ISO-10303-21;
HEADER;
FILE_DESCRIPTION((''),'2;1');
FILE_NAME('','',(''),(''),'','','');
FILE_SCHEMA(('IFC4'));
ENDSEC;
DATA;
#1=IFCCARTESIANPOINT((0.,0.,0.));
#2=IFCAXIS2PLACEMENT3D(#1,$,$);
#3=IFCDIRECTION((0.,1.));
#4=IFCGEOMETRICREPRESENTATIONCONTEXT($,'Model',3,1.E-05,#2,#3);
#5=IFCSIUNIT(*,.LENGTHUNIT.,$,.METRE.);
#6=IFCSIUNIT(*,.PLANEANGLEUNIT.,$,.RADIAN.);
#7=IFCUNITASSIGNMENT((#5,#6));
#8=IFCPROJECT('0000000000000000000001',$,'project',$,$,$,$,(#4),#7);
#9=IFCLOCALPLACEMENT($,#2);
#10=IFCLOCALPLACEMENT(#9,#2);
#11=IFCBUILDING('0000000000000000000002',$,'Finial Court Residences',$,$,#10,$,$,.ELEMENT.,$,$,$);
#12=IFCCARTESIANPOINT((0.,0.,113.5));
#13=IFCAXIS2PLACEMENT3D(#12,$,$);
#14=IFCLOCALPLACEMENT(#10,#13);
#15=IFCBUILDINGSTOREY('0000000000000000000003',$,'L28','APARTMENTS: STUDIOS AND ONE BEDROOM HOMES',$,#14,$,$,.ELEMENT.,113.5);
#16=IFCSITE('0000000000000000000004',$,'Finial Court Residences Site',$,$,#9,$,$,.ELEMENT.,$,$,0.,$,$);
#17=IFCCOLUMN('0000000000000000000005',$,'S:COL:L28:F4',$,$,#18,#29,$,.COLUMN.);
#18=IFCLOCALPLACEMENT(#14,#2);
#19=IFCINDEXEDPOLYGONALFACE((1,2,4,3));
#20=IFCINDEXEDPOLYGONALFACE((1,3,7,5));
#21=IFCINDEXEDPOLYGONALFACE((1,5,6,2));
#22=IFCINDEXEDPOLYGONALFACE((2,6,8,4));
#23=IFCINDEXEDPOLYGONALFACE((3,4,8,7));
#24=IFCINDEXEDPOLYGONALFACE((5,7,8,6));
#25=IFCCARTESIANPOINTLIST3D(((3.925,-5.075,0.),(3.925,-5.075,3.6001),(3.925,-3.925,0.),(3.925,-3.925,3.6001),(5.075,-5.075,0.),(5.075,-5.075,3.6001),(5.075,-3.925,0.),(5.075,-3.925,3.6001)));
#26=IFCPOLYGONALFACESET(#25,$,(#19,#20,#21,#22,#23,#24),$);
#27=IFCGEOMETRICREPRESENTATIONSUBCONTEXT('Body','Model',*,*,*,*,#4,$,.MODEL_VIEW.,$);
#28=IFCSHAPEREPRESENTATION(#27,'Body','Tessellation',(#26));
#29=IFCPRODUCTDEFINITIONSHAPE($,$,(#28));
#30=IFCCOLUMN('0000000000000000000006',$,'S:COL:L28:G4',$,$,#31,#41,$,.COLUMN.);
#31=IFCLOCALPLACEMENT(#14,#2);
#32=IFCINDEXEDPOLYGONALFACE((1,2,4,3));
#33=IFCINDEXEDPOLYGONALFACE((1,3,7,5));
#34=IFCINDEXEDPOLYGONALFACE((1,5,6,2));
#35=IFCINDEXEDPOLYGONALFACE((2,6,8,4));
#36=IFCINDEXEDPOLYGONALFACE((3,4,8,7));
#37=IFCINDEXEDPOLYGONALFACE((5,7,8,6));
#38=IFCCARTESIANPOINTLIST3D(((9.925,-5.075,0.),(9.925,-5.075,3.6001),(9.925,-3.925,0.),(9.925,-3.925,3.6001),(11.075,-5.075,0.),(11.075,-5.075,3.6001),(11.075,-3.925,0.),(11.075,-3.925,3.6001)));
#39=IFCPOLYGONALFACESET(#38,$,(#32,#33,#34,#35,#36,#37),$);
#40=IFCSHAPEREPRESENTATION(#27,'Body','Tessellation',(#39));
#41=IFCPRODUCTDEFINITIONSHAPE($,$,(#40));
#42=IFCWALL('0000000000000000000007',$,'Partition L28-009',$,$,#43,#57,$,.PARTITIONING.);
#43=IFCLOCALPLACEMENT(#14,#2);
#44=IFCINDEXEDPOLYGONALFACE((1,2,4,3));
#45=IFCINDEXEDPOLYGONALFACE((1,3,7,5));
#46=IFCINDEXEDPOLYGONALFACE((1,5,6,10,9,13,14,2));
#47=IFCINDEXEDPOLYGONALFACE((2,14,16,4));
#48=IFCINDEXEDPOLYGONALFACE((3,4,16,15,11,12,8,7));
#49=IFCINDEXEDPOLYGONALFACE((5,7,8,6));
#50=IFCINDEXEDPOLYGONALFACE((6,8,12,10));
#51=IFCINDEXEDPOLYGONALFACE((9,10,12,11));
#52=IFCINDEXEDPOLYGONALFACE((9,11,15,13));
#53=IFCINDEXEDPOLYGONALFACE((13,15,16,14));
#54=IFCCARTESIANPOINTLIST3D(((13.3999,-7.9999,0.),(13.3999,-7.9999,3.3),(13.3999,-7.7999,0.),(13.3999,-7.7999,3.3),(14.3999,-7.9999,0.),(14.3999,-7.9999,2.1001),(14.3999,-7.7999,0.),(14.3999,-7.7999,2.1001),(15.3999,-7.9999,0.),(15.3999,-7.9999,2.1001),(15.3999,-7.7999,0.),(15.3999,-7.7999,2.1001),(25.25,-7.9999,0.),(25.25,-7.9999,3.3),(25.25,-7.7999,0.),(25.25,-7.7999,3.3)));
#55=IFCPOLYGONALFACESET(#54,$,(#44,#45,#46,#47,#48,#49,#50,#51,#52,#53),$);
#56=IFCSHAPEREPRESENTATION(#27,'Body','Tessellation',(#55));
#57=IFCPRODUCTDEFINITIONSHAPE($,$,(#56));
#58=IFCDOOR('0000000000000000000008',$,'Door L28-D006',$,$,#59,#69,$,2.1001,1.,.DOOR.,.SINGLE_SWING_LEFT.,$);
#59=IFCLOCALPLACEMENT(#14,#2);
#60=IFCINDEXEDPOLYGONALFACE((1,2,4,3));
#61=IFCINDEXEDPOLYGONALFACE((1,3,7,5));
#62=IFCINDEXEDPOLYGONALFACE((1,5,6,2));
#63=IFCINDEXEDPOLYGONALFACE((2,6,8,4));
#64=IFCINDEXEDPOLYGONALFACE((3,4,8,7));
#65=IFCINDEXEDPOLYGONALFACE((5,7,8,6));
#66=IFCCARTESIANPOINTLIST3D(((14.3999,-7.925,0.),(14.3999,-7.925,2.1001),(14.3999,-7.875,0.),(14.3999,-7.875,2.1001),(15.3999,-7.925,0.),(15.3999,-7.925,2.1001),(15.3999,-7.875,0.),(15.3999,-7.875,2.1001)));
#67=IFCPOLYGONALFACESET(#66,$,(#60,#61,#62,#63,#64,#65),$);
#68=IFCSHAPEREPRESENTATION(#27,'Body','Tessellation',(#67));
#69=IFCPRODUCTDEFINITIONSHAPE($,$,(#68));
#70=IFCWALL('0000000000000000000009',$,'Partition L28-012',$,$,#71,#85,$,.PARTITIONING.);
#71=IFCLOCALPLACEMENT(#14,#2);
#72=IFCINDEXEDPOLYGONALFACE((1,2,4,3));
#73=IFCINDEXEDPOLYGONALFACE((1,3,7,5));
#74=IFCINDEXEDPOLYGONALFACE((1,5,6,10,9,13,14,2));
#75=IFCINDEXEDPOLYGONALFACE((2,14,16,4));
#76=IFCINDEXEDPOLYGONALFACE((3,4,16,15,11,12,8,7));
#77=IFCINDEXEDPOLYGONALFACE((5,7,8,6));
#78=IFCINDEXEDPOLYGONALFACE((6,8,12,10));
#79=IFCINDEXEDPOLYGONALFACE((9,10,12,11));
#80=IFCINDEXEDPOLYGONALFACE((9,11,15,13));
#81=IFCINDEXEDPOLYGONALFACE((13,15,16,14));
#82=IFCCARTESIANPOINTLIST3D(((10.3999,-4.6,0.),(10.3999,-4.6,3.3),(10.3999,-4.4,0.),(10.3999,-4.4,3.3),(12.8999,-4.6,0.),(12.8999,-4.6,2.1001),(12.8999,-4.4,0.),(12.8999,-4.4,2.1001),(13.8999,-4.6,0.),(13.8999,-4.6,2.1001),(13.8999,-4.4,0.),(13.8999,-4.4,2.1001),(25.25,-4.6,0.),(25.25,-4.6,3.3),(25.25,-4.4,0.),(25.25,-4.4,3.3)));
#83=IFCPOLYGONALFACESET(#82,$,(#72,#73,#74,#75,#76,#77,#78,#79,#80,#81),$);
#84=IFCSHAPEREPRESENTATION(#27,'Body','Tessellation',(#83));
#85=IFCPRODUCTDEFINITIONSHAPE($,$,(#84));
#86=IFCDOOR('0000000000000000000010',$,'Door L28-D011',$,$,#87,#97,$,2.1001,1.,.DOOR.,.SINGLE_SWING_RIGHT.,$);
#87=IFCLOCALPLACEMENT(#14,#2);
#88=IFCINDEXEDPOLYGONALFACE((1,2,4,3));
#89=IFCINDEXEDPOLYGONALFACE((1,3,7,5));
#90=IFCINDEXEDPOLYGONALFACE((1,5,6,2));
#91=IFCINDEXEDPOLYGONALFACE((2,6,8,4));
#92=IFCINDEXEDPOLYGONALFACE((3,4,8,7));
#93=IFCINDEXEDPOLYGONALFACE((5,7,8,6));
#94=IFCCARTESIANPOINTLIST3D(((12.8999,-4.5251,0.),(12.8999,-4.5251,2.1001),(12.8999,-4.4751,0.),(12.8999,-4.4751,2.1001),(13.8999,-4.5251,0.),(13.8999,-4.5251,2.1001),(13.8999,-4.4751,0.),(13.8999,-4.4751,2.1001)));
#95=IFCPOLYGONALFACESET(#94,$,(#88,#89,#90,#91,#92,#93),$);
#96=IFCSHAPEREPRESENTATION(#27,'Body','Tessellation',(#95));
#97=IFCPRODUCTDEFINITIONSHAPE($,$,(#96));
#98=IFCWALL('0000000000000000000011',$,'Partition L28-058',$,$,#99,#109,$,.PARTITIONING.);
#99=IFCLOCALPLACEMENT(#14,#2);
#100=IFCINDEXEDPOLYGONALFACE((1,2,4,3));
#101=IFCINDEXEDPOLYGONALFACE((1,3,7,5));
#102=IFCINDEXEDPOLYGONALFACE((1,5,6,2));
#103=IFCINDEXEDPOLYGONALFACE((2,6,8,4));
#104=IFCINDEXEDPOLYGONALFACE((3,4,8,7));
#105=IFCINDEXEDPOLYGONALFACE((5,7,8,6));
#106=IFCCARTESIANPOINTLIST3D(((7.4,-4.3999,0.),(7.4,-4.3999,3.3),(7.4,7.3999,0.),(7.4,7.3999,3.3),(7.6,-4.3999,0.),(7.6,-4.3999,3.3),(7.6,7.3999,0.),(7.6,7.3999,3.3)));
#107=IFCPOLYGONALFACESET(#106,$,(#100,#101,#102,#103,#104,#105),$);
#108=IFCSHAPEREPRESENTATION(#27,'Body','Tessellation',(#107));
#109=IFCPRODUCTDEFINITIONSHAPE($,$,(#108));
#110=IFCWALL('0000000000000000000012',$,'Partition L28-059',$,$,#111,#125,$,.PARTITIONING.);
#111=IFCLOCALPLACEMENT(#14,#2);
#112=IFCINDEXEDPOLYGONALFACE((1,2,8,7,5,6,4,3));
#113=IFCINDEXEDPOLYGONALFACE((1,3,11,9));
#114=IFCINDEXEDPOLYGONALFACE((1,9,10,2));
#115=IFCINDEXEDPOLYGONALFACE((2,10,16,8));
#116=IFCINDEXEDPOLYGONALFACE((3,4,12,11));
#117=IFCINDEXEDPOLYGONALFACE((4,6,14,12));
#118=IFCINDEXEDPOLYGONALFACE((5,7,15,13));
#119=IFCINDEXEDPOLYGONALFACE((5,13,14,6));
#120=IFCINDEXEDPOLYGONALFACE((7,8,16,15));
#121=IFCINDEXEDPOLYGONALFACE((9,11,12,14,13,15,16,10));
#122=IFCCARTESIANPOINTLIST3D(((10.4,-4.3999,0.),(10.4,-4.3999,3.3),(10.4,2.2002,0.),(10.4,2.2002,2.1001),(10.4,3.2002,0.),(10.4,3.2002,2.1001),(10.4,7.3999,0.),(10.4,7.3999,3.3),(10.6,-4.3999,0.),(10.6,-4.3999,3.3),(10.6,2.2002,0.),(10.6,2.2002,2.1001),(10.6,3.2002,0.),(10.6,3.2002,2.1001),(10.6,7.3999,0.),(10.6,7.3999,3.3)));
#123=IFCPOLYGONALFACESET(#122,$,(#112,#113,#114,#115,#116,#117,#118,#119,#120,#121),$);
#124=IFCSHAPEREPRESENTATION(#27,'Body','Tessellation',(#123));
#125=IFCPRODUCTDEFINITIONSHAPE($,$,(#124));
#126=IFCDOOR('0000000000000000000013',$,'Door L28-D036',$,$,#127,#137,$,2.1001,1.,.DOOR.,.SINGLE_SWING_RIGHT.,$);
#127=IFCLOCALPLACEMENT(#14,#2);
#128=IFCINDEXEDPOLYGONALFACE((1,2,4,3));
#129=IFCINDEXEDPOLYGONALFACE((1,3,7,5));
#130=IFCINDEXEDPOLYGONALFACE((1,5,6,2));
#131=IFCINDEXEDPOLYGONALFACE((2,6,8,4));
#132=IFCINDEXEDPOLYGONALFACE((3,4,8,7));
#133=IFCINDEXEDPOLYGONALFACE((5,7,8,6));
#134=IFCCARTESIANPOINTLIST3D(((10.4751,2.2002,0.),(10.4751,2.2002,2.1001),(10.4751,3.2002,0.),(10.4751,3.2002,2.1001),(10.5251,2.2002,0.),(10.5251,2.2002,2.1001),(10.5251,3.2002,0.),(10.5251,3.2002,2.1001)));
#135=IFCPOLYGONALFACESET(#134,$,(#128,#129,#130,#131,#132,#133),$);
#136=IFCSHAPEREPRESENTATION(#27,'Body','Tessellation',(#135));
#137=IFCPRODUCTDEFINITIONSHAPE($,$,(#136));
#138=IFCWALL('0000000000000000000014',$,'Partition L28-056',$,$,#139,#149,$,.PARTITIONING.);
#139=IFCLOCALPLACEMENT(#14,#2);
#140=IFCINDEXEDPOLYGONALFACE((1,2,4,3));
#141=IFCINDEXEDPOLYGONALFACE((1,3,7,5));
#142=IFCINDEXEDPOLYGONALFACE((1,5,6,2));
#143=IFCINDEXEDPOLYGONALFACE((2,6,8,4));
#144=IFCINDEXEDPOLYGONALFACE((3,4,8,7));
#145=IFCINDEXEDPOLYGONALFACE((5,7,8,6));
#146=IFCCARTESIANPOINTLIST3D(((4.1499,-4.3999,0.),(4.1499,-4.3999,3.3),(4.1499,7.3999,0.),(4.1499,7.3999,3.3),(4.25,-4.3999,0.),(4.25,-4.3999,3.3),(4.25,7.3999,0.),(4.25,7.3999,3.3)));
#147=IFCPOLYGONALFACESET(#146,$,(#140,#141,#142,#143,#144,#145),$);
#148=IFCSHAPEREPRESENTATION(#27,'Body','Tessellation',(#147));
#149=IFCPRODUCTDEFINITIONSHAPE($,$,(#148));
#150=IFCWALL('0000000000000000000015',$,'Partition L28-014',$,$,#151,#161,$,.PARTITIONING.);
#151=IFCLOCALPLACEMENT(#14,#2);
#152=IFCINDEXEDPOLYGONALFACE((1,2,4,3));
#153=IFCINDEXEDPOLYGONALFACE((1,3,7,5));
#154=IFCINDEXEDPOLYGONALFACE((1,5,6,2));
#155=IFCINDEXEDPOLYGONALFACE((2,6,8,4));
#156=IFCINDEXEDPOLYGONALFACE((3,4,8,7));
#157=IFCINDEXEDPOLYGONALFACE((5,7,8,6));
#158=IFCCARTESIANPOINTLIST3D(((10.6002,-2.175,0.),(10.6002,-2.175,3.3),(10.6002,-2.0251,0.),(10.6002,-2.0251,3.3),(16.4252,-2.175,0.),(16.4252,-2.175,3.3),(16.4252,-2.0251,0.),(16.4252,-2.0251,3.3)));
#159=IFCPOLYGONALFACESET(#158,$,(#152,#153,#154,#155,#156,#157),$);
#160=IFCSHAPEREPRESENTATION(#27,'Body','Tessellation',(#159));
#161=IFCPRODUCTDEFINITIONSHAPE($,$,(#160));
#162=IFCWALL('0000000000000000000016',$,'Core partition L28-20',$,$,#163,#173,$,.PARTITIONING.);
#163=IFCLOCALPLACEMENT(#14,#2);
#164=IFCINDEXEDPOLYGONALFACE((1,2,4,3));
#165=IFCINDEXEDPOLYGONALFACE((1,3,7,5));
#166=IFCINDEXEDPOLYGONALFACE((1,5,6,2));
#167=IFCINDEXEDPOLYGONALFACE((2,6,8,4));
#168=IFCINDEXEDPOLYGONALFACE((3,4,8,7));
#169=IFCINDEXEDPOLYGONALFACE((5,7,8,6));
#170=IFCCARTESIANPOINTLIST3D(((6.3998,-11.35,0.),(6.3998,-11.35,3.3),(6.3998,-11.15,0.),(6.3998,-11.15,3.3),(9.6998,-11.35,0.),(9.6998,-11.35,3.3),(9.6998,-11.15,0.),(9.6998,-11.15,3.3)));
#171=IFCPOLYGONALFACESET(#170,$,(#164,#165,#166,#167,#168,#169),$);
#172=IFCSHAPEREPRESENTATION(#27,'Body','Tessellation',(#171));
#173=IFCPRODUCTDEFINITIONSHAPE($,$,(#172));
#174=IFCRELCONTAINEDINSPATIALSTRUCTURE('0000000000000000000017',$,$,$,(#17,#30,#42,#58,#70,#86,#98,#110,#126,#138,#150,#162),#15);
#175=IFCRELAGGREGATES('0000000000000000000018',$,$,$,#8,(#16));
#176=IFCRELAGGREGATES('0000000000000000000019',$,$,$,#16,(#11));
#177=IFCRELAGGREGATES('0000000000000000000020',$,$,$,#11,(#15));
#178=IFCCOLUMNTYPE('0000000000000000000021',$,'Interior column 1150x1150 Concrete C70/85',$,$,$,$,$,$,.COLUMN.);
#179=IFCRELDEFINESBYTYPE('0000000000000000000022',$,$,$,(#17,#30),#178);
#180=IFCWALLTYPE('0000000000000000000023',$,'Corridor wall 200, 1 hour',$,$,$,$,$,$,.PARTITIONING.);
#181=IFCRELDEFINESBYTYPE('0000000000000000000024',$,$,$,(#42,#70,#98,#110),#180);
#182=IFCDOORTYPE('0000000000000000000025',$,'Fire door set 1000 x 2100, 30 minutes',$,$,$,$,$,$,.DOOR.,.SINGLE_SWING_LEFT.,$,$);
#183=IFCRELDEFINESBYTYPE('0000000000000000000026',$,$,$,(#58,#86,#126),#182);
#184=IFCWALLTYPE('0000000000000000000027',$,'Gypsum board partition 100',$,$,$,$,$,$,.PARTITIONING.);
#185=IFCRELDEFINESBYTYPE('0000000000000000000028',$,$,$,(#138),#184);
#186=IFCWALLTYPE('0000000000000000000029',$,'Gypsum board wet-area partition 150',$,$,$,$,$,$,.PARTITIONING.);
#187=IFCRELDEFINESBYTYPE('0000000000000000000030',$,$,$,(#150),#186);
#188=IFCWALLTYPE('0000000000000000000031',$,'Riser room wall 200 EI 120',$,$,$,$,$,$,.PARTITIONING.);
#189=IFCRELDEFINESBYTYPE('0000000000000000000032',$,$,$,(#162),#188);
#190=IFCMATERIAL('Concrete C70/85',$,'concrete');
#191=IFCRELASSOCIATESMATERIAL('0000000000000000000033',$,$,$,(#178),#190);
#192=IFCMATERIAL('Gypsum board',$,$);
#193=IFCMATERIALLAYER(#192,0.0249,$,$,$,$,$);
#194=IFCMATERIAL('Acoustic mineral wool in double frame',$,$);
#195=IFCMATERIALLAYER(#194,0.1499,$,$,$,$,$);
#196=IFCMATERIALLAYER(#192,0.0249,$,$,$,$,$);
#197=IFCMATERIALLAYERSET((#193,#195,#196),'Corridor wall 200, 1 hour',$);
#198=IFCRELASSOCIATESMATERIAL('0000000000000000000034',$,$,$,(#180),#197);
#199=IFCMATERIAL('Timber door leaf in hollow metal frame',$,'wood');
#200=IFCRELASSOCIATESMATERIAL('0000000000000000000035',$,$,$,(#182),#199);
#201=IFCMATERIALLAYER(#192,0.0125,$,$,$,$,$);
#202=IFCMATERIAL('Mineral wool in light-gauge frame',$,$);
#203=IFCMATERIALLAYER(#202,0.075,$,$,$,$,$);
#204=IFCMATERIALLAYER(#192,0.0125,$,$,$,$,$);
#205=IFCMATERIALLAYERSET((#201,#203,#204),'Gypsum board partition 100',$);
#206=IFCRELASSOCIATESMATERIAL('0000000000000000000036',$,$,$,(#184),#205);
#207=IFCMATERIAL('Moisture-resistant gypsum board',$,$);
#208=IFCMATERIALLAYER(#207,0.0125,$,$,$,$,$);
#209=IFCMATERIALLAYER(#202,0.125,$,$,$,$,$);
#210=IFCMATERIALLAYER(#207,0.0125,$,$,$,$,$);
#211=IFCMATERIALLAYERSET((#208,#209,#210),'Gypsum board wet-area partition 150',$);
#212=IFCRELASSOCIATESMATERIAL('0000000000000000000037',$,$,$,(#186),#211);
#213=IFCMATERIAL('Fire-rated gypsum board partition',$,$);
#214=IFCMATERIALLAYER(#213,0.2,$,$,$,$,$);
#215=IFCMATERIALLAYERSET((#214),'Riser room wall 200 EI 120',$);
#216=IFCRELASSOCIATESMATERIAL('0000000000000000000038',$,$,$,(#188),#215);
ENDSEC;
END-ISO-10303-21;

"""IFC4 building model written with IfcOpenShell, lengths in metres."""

from ifc_helpers import new_model, si_unit, direction, frame, frame_2d, origin, origin_2d, place, context, subcontext, project, spatial, rectangle, extrude, material, layer, layer_set, material_profile, profile_set, type_object, element, fill, save


model = new_model("IFC4")

# Units and contexts
model_context = context("Model", 3, precision=1e-05, world=origin(), true_north=direction((0.0, 1.0)))
body_context = subcontext(model_context, "Body", "Model", "MODEL_VIEW")
ifc_project = project(units=[si_unit("LENGTHUNIT", "METRE"), si_unit("PLANEANGLEUNIT", "RADIAN")], contexts=[model_context])

# Site, building, storey
site_placement = place(None, origin())
site = spatial("IfcSite", under=ifc_project, at=site_placement, Name="Finial Court Residences Site", CompositionType="ELEMENT", RefElevation=0.0)
building_placement = place(site_placement, origin())
building = spatial("IfcBuilding", under=site, at=building_placement, Name="Finial Court Residences", CompositionType="ELEMENT")
storey_placement = place(building_placement, frame((0.0, 0.0, 113.5)))
storey = spatial("IfcBuildingStorey", under=building, at=storey_placement, Name="L28", Description="APARTMENTS: STUDIOS AND ONE BEDROOM HOMES", CompositionType="ELEMENT", Elevation=113.5)

# Columns
ifc_material_1 = material(Name="Concrete C70/85", Category="concrete")
ifc_material_profile = material_profile(ifc_material_1, rectangle(XDim=1.1499, YDim=1.1499, at=origin_2d()), Name="1150x1150")
ifc_profile_set = profile_set([ifc_material_profile], Name="Concrete C70/85")
column_type = type_object("IfcColumnType", Name="Interior column 1150x1150 Concrete C70/85", PredefinedType="COLUMN", material=ifc_profile_set)
for number, where, z_axis, x_axis, name in (
    (1, (4.5, -4.5, 0.0), (0.0, 0.0, 1.0), (1.0, 0.0, 0.0), "S:COL:L28:F4"),
    (2, (10.5, -4.5, 0.0), (0.0, 0.0, 1.0), (1.0, 0.0, 0.0), "S:COL:L28:G4"),
):
    element("IfcColumn", number, at=place(storey_placement, frame(where, z_axis=z_axis, x_axis=x_axis)), inside=storey, type_object=column_type, Name=name, PredefinedType="COLUMN", context=body_context, shape_type="SweptSolid", body=[
        extrude(rectangle(XDim=1.1499, YDim=1.1499, at=origin_2d()), origin(), (0.0, 0.0, 1.0), 3.6001),
    ])

# Walls, openings, doors
ifc_material_2 = material(Name="Gypsum board")
ifc_layer_1 = layer(ifc_material_2, 0.0249)
ifc_material_3 = material(Name="Acoustic mineral wool in double frame")
ifc_layer_2 = layer(ifc_material_3, 0.1499)
ifc_layer_3 = layer(ifc_material_2, 0.0249)
ifc_layer_set_1 = layer_set([ifc_layer_1, ifc_layer_2, ifc_layer_3], Name="Corridor wall 200, 1 hour")
wall_type_1 = type_object("IfcWallType", Name="Corridor wall 200, 1 hour", PredefinedType="PARTITIONING", material=ifc_layer_set_1)
wall_1_placement = place(storey_placement, frame((13.3999, -7.8999, 0.0), z_axis=(0.0, 0.0, 1.0), x_axis=(1.0, 0.0, 0.0)))
wall_1 = element("IfcWall", 3, at=wall_1_placement, inside=storey, type_object=wall_type_1, Name="Partition L28-009", PredefinedType="PARTITIONING", context=body_context, shape_type="SweptSolid", body=[
    extrude(rectangle(XDim=11.8501, YDim=0.2, at=frame_2d((5.925, 0.0))), origin(), (0.0, 0.0, 1.0), 3.3),
])
opening_1_placement = place(wall_1_placement, frame((1.0, 0.0, 0.0)))
opening_1 = element("IfcOpeningElement", 4, at=opening_1_placement, cuts=wall_1, PredefinedType="OPENING", context=body_context, shape_type="SweptSolid", body=[
    extrude(rectangle(XDim=1.0, YDim=2.1001, at=frame_2d((0.5, 1.05))), frame((0.0, 0.1099, 0.0), z_axis=(0.0, -1.0, 0.0), x_axis=(1.0, 0.0, 0.0)), (0.0, 0.0, 1.0), 0.22),
])
ifc_material_4 = material(Name="Timber door leaf in hollow metal frame", Category="wood")
door_type_1 = type_object("IfcDoorType", Name="Fire door set 1000 x 2100, 30 minutes", OperationType="SINGLE_SWING_LEFT", PredefinedType="DOOR", material=ifc_material_4)
door_1_placement = place(opening_1_placement, origin())
door_1 = element("IfcDoor", 5, at=door_1_placement, inside=storey, type_object=door_type_1, Name="Door L28-D006", OperationType="SINGLE_SWING_LEFT", OverallHeight=2.1001, OverallWidth=1.0, PredefinedType="DOOR", context=body_context, shape_type="SweptSolid", body=[
    extrude(rectangle(XDim=1.0, YDim=2.1001, at=frame_2d((0.5, 1.05))), frame((0.0, 0.0249, 0.0), z_axis=(0.0, -1.0, 0.0), x_axis=(1.0, 0.0, 0.0)), (0.0, 0.0, 1.0), 0.05),
])
fill(opening_1, door_1)
wall_2_placement = place(storey_placement, frame((10.3999, -4.5, 0.0), z_axis=(0.0, 0.0, 1.0), x_axis=(1.0, 0.0, 0.0)))
wall_2 = element("IfcWall", 6, at=wall_2_placement, inside=storey, type_object=wall_type_1, Name="Partition L28-012", PredefinedType="PARTITIONING", context=body_context, shape_type="SweptSolid", body=[
    extrude(rectangle(XDim=14.8501, YDim=0.2, at=frame_2d((7.425, 0.0))), origin(), (0.0, 0.0, 1.0), 3.3),
])
opening_2_placement = place(wall_2_placement, frame((2.5, 0.0, 0.0)))
opening_2 = element("IfcOpeningElement", 7, at=opening_2_placement, cuts=wall_2, PredefinedType="OPENING", context=body_context, shape_type="SweptSolid", body=[
    extrude(rectangle(XDim=1.0, YDim=2.1001, at=frame_2d((0.5, 1.05))), frame((0.0, 0.1099, 0.0), z_axis=(0.0, -1.0, 0.0), x_axis=(1.0, 0.0, 0.0)), (0.0, 0.0, 1.0), 0.22),
])
door_2_placement = place(opening_2_placement, origin())
door_2 = element("IfcDoor", 8, at=door_2_placement, inside=storey, type_object=door_type_1, Name="Door L28-D011", OperationType="SINGLE_SWING_RIGHT", OverallHeight=2.1001, OverallWidth=1.0, PredefinedType="DOOR", context=body_context, shape_type="SweptSolid", body=[
    extrude(rectangle(XDim=1.0, YDim=2.1001, at=frame_2d((0.5, 1.05))), frame((0.0, 0.0249, 0.0), z_axis=(0.0, -1.0, 0.0), x_axis=(1.0, 0.0, 0.0)), (0.0, 0.0, 1.0), 0.05),
])
fill(opening_2, door_2)

# Wall
wall_3_placement = place(storey_placement, frame((7.5, -4.3999, 0.0), z_axis=(0.0, 0.0, 1.0), x_axis=(0.0, 1.0, 0.0)))
element("IfcWall", 9, at=wall_3_placement, inside=storey, type_object=wall_type_1, Name="Partition L28-058", PredefinedType="PARTITIONING", context=body_context, shape_type="SweptSolid", body=[
    extrude(rectangle(XDim=11.7998, YDim=0.2, at=frame_2d((5.8999, 0.0))), origin(), (0.0, 0.0, 1.0), 3.3),
])

# Wall, opening, door
wall_4_placement = place(storey_placement, frame((10.5, -4.3999, 0.0), z_axis=(0.0, 0.0, 1.0), x_axis=(0.0, 1.0, 0.0)))
wall_4 = element("IfcWall", 10, at=wall_4_placement, inside=storey, type_object=wall_type_1, Name="Partition L28-059", PredefinedType="PARTITIONING", context=body_context, shape_type="SweptSolid", body=[
    extrude(rectangle(XDim=11.7998, YDim=0.2, at=frame_2d((5.8999, 0.0))), origin(), (0.0, 0.0, 1.0), 3.3),
])
opening_3_placement = place(wall_4_placement, frame((6.6001, 0.0, 0.0)))
opening_3 = element("IfcOpeningElement", 11, at=opening_3_placement, cuts=wall_4, PredefinedType="OPENING", context=body_context, shape_type="SweptSolid", body=[
    extrude(rectangle(XDim=1.0, YDim=2.1001, at=frame_2d((0.5, 1.05))), frame((0.0, 0.1099, 0.0), z_axis=(0.0, -1.0, 0.0), x_axis=(1.0, 0.0, 0.0)), (0.0, 0.0, 1.0), 0.22),
])
door_3_placement = place(opening_3_placement, origin())
door_3 = element("IfcDoor", 12, at=door_3_placement, inside=storey, type_object=door_type_1, Name="Door L28-D036", OperationType="SINGLE_SWING_RIGHT", OverallHeight=2.1001, OverallWidth=1.0, PredefinedType="DOOR", context=body_context, shape_type="SweptSolid", body=[
    extrude(rectangle(XDim=1.0, YDim=2.1001, at=frame_2d((0.5, 1.05))), frame((0.0, 0.0249, 0.0), z_axis=(0.0, -1.0, 0.0), x_axis=(1.0, 0.0, 0.0)), (0.0, 0.0, 1.0), 0.05),
])
fill(opening_3, door_3)

# Walls
ifc_layer_4 = layer(ifc_material_2, 0.0125)
ifc_material_5 = material(Name="Mineral wool in light-gauge frame")
ifc_layer_5 = layer(ifc_material_5, 0.075)
ifc_layer_6 = layer(ifc_material_2, 0.0125)
ifc_layer_set_2 = layer_set([ifc_layer_4, ifc_layer_5, ifc_layer_6], Name="Gypsum board partition 100")
wall_type_2 = type_object("IfcWallType", Name="Gypsum board partition 100", PredefinedType="PARTITIONING", material=ifc_layer_set_2)
wall_5_placement = place(storey_placement, frame((4.2, -4.3999, 0.0), z_axis=(0.0, 0.0, 1.0), x_axis=(0.0, 1.0, 0.0)))
element("IfcWall", 13, at=wall_5_placement, inside=storey, type_object=wall_type_2, Name="Partition L28-056", PredefinedType="PARTITIONING", context=body_context, shape_type="SweptSolid", body=[
    extrude(rectangle(XDim=11.7998, YDim=0.1001, at=frame_2d((5.8999, 0.0))), origin(), (0.0, 0.0, 1.0), 3.3),
])
ifc_material_6 = material(Name="Moisture-resistant gypsum board")
ifc_layer_7 = layer(ifc_material_6, 0.0125)
ifc_layer_8 = layer(ifc_material_5, 0.125)
ifc_layer_9 = layer(ifc_material_6, 0.0125)
ifc_layer_set_3 = layer_set([ifc_layer_7, ifc_layer_8, ifc_layer_9], Name="Gypsum board wet-area partition 150")
wall_type_3 = type_object("IfcWallType", Name="Gypsum board wet-area partition 150", PredefinedType="PARTITIONING", material=ifc_layer_set_3)
wall_6_placement = place(storey_placement, frame((10.6001, -2.1001, 0.0), z_axis=(0.0, 0.0, 1.0), x_axis=(1.0, 0.0, 0.0)))
element("IfcWall", 14, at=wall_6_placement, inside=storey, type_object=wall_type_3, Name="Partition L28-014", PredefinedType="PARTITIONING", context=body_context, shape_type="SweptSolid", body=[
    extrude(rectangle(XDim=5.825, YDim=0.1499, at=frame_2d((2.9126, 0.0))), origin(), (0.0, 0.0, 1.0), 3.3),
])
ifc_material_7 = material(Name="Fire-rated gypsum board partition")
ifc_layer_10 = layer(ifc_material_7, 0.2)
ifc_layer_set_4 = layer_set([ifc_layer_10], Name="Riser room wall 200 EI 120")
wall_type_4 = type_object("IfcWallType", Name="Riser room wall 200 EI 120", PredefinedType="PARTITIONING", material=ifc_layer_set_4)
wall_7_placement = place(storey_placement, frame((6.3999, -11.25, 0.0), z_axis=(0.0, 0.0, 1.0), x_axis=(1.0, 0.0, 0.0)))
element("IfcWall", 15, at=wall_7_placement, inside=storey, type_object=wall_type_4, Name="Core partition L28-20", PredefinedType="PARTITIONING", context=body_context, shape_type="SweptSolid", body=[
    extrude(rectangle(XDim=3.3, YDim=0.2, at=frame_2d((1.6499, 0.0))), origin(), (0.0, 0.0, 1.0), 3.3),
])

save(model, "model.ifc")
